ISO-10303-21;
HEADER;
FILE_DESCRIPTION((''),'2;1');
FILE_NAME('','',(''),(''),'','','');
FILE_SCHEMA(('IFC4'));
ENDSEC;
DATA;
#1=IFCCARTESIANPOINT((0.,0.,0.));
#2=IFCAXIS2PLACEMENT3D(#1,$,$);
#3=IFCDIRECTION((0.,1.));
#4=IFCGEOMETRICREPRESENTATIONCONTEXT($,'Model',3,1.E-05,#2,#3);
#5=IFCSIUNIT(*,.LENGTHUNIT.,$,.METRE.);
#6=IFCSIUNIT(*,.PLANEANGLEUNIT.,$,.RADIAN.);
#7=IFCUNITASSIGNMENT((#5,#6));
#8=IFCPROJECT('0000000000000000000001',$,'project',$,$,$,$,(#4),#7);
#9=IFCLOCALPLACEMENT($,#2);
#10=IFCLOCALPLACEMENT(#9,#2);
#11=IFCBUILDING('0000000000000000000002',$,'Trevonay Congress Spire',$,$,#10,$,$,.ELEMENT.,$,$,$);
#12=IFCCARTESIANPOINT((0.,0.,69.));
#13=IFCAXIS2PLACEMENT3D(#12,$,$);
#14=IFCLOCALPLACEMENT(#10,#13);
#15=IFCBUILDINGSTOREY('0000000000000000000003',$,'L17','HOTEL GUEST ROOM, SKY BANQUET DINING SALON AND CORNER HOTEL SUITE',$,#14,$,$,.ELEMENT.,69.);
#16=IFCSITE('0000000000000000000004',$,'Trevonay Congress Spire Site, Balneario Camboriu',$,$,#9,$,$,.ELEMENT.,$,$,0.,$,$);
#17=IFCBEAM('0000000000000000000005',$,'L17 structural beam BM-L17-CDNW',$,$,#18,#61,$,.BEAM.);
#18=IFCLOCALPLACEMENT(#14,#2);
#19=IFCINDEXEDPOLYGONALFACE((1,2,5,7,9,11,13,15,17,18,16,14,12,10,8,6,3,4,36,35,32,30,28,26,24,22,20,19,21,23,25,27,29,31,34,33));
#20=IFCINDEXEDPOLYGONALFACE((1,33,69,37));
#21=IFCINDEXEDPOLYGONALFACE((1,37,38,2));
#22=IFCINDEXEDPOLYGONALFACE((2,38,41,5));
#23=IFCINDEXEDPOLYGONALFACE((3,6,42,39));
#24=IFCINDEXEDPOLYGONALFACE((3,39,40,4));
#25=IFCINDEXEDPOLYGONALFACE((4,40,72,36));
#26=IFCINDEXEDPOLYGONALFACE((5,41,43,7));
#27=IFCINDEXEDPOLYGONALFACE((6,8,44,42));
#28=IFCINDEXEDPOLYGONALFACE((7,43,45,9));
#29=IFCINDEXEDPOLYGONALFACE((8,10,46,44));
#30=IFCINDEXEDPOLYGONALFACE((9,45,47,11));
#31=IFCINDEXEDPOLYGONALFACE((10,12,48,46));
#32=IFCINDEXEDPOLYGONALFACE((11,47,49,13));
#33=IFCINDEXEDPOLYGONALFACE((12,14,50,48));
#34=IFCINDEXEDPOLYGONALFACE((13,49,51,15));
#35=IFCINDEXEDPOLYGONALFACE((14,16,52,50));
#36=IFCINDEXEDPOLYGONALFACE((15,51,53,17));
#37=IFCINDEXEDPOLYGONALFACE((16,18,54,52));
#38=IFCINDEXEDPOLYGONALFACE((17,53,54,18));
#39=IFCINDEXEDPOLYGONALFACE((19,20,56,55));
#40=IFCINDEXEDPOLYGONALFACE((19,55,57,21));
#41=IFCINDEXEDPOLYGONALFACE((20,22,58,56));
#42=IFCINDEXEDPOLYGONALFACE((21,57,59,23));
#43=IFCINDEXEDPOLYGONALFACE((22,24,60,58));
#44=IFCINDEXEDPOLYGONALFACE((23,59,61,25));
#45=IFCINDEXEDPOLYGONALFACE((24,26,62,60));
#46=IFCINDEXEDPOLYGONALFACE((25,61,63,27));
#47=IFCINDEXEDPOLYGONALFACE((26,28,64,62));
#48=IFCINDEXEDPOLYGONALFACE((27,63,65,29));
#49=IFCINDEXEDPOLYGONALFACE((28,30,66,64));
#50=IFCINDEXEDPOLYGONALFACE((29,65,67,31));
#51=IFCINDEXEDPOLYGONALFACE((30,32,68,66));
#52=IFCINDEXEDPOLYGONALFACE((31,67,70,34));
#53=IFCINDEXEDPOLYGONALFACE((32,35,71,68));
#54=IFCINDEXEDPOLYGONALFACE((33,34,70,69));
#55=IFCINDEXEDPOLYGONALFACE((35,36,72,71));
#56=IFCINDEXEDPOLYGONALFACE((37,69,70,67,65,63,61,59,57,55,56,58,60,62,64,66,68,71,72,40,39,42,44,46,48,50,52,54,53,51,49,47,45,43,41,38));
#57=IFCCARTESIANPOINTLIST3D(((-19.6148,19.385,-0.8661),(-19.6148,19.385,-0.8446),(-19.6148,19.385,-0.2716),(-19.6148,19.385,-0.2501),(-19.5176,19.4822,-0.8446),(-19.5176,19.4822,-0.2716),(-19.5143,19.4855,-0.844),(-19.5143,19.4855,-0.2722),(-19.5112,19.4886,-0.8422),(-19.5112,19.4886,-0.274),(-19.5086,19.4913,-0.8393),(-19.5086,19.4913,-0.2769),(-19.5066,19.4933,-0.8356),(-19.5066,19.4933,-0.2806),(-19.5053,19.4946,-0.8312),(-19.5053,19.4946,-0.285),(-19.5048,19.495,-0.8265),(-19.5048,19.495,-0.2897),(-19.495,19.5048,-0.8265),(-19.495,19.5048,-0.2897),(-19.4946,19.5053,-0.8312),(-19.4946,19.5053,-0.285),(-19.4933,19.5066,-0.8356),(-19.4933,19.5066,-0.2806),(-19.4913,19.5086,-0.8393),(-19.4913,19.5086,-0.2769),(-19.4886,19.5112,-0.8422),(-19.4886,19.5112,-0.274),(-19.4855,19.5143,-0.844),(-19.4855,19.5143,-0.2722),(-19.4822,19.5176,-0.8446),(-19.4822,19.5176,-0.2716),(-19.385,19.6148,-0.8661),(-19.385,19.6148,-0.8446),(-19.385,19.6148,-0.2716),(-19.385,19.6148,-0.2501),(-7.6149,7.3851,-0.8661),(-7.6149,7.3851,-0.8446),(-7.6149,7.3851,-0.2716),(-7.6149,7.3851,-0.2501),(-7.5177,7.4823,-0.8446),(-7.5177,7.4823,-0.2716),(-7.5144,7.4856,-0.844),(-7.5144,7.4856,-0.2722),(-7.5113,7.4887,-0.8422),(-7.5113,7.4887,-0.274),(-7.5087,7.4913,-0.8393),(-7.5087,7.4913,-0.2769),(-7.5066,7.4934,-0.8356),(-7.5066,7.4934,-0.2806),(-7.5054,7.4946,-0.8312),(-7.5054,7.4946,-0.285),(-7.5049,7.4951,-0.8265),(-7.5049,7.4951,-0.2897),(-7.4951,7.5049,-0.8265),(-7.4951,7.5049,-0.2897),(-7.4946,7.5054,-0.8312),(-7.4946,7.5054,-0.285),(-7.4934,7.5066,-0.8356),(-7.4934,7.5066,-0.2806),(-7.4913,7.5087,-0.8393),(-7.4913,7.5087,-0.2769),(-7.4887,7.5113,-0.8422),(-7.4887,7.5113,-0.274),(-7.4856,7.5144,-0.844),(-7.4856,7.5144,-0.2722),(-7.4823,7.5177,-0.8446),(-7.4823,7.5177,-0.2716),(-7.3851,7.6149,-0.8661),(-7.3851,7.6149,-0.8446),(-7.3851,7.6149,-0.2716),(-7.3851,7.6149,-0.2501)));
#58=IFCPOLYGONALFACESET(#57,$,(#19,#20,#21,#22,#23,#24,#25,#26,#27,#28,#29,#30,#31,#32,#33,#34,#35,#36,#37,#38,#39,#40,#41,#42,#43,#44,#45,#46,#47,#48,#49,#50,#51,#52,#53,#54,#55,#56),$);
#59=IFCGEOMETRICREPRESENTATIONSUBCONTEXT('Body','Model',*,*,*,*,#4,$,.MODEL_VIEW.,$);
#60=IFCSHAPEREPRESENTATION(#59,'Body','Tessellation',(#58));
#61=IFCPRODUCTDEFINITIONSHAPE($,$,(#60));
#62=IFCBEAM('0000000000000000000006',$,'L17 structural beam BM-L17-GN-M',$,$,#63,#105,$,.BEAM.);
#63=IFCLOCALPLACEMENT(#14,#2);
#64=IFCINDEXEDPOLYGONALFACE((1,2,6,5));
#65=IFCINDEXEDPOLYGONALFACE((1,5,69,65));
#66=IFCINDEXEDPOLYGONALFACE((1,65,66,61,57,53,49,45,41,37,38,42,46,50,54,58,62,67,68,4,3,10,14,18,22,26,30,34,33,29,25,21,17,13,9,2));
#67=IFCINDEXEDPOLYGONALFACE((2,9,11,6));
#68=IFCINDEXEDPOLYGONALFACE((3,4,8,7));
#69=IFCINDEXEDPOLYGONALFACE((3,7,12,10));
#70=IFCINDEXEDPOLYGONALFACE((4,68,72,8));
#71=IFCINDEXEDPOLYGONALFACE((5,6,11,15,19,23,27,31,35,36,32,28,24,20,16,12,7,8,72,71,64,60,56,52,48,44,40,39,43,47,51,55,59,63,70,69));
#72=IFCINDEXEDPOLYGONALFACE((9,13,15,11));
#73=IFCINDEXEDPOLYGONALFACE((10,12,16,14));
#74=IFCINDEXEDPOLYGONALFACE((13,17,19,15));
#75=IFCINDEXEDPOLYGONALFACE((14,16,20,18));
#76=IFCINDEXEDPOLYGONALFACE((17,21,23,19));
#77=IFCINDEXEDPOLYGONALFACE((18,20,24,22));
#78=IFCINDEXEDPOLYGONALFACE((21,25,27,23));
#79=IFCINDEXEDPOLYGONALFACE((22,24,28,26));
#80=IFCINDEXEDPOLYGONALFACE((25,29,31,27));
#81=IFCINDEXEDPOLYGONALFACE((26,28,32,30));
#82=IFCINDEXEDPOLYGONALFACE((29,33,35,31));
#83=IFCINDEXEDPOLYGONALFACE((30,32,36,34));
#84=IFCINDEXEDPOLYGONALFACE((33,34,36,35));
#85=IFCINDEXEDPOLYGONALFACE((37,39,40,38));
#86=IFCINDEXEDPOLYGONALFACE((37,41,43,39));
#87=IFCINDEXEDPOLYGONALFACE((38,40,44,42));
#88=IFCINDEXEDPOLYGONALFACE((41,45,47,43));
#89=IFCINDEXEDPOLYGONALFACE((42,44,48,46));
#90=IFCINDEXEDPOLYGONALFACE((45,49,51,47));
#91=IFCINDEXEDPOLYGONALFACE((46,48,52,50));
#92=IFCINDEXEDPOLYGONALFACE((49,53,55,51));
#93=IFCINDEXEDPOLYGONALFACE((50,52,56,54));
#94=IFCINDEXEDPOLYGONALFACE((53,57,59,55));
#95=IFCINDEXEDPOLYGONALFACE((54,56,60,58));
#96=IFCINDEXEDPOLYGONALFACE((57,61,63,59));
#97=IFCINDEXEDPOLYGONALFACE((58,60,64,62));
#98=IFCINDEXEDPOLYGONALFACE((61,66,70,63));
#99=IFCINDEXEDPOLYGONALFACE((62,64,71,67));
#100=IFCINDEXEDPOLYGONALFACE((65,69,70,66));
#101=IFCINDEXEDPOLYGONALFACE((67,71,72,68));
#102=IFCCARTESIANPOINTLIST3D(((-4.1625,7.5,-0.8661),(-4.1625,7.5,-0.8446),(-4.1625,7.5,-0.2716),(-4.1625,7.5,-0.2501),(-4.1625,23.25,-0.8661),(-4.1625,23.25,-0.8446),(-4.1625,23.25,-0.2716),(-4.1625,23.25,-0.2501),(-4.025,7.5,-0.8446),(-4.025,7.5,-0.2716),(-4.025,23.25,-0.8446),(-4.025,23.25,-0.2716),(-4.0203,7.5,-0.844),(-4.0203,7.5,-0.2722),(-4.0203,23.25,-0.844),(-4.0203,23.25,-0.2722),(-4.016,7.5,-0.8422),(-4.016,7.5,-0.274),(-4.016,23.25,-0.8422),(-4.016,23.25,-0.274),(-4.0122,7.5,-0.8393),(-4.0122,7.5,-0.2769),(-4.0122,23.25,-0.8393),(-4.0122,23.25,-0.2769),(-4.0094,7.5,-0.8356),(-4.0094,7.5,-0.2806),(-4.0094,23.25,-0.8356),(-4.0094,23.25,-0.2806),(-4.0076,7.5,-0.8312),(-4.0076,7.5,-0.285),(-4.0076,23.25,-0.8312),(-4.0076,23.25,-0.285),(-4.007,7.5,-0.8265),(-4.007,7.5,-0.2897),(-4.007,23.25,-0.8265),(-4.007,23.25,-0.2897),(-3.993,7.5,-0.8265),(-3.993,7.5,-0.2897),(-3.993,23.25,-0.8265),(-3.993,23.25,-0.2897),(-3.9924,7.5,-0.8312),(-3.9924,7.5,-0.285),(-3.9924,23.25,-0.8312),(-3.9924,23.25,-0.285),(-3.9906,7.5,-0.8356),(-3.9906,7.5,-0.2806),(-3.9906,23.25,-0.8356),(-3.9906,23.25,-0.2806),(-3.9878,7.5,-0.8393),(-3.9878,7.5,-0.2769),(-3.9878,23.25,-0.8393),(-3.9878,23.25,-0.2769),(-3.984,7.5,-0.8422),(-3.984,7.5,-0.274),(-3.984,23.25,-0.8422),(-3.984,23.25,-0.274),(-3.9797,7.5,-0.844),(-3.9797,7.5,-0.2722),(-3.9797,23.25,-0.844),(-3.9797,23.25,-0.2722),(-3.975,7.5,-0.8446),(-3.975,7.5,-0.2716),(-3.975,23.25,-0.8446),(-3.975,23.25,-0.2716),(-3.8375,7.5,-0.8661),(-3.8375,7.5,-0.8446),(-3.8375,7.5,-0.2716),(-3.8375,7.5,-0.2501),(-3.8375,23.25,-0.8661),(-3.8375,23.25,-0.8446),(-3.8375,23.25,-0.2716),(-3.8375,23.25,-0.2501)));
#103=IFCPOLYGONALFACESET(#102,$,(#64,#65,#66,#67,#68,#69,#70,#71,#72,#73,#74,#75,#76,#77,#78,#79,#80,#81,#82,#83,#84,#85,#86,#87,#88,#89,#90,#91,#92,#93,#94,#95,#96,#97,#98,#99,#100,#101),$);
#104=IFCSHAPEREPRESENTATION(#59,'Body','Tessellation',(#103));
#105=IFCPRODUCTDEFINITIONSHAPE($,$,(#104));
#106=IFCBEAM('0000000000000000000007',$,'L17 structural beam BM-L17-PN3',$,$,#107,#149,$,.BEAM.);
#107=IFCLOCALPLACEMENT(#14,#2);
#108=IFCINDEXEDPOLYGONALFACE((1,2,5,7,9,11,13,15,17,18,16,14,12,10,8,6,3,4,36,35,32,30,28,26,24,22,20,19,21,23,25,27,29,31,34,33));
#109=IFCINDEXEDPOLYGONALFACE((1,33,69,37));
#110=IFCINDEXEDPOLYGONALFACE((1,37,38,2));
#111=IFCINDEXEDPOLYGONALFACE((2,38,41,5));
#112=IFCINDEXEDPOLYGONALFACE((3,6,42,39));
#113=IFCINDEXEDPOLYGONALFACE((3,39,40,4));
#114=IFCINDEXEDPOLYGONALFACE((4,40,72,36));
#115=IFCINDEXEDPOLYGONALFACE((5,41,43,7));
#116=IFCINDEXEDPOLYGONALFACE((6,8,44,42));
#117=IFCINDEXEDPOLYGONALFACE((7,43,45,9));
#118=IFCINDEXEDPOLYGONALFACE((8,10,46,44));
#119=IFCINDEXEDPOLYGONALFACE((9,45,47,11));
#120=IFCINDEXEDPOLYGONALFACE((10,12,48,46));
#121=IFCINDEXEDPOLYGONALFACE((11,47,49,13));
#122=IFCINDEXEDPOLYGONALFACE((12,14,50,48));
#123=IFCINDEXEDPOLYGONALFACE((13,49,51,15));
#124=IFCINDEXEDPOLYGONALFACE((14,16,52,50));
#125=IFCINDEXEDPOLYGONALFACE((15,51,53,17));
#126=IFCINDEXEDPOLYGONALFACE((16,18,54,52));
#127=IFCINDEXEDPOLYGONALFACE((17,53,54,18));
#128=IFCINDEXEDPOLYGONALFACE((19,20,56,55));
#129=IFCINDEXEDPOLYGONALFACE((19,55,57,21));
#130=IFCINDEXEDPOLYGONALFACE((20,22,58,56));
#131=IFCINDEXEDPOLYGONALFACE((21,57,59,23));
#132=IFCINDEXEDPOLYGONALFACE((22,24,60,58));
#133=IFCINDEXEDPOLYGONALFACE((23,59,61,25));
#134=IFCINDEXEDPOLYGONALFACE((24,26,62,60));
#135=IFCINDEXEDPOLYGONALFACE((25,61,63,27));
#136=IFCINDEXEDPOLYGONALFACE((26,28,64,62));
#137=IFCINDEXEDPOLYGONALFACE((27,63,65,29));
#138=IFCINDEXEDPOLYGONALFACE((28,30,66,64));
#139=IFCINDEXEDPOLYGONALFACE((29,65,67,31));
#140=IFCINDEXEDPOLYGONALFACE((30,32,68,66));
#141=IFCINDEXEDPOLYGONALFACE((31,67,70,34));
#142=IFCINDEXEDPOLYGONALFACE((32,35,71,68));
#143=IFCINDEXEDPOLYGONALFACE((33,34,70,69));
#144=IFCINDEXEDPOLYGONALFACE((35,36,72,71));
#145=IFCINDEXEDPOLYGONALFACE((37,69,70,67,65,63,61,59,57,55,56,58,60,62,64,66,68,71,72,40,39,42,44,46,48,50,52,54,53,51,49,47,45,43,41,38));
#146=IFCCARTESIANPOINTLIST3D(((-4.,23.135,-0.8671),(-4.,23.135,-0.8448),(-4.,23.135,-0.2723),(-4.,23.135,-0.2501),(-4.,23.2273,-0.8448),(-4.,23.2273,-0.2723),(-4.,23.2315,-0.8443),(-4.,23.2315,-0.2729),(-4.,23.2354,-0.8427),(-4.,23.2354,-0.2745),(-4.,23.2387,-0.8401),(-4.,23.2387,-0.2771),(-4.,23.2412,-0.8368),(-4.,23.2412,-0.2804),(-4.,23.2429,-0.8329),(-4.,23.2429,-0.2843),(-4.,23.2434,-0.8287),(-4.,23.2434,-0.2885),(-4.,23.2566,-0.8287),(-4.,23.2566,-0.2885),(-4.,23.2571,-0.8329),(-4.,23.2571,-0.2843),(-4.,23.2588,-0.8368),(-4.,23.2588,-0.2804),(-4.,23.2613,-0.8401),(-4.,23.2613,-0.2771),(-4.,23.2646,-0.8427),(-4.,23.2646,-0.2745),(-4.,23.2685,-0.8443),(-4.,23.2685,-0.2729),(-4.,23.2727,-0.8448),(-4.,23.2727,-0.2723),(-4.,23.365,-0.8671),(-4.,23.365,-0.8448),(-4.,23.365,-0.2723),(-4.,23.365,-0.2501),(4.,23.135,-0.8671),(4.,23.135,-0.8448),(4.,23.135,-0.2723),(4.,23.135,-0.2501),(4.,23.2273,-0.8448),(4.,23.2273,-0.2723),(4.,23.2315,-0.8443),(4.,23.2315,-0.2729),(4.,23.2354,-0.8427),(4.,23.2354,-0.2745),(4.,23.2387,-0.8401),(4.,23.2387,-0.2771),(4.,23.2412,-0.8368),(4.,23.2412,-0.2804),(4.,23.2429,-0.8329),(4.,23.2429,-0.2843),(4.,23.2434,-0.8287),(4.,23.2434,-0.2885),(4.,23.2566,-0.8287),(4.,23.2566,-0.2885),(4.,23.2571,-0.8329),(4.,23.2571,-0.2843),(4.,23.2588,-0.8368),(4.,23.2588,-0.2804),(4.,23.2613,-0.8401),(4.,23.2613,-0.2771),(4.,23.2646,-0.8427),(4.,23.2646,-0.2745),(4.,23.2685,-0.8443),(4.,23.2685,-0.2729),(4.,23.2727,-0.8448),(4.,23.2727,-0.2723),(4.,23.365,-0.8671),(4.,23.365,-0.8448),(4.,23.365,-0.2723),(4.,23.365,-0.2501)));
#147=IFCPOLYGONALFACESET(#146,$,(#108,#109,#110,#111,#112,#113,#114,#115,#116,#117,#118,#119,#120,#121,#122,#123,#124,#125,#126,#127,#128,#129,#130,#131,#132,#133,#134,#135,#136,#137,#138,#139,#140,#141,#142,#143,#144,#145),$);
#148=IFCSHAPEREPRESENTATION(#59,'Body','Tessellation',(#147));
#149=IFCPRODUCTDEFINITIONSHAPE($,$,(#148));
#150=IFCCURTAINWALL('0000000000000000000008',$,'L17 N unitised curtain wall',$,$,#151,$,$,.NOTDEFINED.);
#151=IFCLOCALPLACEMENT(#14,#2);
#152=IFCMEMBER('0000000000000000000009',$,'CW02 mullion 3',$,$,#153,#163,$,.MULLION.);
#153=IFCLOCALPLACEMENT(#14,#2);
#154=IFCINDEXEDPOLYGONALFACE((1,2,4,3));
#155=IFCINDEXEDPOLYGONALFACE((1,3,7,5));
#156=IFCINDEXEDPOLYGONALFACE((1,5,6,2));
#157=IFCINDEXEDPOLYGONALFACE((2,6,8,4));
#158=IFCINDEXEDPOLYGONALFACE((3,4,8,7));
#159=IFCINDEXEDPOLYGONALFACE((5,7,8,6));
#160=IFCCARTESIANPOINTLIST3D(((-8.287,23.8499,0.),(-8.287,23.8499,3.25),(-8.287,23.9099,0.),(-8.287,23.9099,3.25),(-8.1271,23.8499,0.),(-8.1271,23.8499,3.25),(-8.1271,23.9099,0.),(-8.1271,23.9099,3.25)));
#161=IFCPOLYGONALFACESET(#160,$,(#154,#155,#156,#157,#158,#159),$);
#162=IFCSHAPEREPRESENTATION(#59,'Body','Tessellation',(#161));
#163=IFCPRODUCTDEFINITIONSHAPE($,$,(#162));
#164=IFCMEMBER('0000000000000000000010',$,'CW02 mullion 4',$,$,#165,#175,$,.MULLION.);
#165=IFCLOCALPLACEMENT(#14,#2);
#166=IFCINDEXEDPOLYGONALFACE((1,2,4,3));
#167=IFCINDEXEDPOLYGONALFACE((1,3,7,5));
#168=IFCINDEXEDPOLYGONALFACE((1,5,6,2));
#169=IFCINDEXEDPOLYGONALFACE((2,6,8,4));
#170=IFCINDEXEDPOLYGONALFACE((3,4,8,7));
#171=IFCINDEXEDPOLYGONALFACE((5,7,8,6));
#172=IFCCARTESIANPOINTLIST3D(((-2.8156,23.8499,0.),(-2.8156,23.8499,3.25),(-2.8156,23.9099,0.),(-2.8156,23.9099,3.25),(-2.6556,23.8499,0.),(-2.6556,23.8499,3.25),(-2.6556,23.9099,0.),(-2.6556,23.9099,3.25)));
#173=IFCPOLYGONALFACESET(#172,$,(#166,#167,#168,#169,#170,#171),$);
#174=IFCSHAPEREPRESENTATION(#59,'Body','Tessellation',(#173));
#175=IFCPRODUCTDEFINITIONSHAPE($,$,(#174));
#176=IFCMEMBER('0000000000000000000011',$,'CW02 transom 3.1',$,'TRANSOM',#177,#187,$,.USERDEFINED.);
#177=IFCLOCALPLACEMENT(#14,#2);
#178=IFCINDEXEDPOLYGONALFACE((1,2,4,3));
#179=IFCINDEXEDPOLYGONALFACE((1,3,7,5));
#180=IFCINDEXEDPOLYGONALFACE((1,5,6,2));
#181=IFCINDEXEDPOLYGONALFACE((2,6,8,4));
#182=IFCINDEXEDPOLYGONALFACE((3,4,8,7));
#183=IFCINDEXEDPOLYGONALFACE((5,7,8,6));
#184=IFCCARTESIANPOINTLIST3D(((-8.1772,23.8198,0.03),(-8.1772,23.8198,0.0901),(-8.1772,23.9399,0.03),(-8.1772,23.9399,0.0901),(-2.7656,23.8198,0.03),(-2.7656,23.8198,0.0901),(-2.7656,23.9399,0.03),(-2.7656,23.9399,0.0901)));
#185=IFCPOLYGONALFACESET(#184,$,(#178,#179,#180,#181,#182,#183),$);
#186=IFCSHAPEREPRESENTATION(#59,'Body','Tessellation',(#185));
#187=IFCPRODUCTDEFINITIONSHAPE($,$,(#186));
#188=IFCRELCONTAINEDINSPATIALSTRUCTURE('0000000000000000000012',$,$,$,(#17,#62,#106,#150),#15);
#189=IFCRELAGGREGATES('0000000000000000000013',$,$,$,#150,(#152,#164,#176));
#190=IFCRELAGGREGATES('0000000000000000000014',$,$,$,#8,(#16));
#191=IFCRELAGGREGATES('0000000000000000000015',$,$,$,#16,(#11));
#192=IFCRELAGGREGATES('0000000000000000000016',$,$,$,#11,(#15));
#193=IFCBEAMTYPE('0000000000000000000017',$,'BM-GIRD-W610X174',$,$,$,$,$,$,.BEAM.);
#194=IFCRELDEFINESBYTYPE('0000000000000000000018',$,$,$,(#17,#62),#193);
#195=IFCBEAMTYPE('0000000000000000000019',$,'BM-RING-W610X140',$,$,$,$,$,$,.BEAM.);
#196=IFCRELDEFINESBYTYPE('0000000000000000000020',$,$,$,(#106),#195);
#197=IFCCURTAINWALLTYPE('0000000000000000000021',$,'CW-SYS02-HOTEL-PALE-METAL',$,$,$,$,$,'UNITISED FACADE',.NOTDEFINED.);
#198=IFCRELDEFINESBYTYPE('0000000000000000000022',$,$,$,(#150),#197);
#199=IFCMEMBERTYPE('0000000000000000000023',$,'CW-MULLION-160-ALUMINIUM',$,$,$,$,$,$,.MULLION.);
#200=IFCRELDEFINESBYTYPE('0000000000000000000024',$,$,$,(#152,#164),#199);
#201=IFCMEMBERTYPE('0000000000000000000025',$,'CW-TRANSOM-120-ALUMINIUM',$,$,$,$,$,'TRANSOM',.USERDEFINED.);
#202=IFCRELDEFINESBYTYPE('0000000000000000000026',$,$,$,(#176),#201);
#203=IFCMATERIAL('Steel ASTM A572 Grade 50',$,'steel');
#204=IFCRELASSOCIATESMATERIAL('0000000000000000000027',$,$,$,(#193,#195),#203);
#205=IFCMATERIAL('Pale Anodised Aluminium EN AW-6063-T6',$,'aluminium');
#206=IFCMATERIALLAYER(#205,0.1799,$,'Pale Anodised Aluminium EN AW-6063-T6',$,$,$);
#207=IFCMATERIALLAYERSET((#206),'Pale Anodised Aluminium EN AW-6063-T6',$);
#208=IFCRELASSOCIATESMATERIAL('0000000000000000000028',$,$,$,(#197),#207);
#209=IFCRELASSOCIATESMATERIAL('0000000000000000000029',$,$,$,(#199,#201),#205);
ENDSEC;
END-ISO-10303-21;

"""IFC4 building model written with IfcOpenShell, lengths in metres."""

from ifc_helpers import new_model, si_unit, direction, frame, origin, origin_2d, place, context, subcontext, project, spatial, rectangle, i_section, extrude, material, layer, layer_set, material_profile, profile_set, type_object, element, aggregate, save


model = new_model("IFC4")

# Units and contexts
model_context = context("Model", 3, precision=1e-05, world=origin(), true_north=direction((0.0, 1.0)))
body_context = subcontext(model_context, "Body", "Model", "MODEL_VIEW")
ifc_project = project(units=[si_unit("LENGTHUNIT", "METRE"), si_unit("PLANEANGLEUNIT", "RADIAN")], contexts=[model_context])

# Site, building, storey
site_placement = place(None, origin())
site = spatial("IfcSite", under=ifc_project, at=site_placement, Name="Trevonay Congress Spire Site, Balneario Camboriu", CompositionType="ELEMENT", RefElevation=0.0)
building_placement = place(site_placement, origin())
building = spatial("IfcBuilding", under=site, at=building_placement, Name="Trevonay Congress Spire", CompositionType="ELEMENT")
storey_placement = place(building_placement, frame((0.0, 0.0, 69.0)))
storey = spatial("IfcBuildingStorey", under=building, at=storey_placement, Name="L17", Description="HOTEL GUEST ROOM, SKY BANQUET DINING SALON AND CORNER HOTEL SUITE", CompositionType="ELEMENT", Elevation=69.0)

# Shared definitions
ifc_material_1 = material(Name="Steel ASTM A572 Grade 50", Category="steel")

# Beams
ifc_material_profile_1 = material_profile(ifc_material_1, i_section(OverallWidth=0.325, OverallDepth=0.616, WebThickness=0.0139, FlangeThickness=0.0215, FilletRadius=0.0181, at=origin_2d()), Name="W610x174")
ifc_profile_set_1 = profile_set([ifc_material_profile_1], Name="Steel ASTM A572 Grade 50")
beam_type_1 = type_object("IfcBeamType", Name="BM-GIRD-W610X174", PredefinedType="BEAM", material=ifc_profile_set_1)
beam_1_placement = place(storey_placement, frame((-7.5, 7.5, -0.5581), z_axis=(-0.707107, 0.707107, 0.0), x_axis=(-0.707107, -0.707107, 0.0)))
element("IfcBeam", 1, at=beam_1_placement, inside=storey, type_object=beam_type_1, Name="L17 structural beam BM-L17-CDNW", PredefinedType="BEAM", context=body_context, shape_type="SweptSolid", body=[
    extrude(i_section(OverallWidth=0.325, OverallDepth=0.616, WebThickness=0.0139, FlangeThickness=0.0215, FilletRadius=0.0181, at=origin_2d()), origin(), (0.0, 0.0, 1.0), 16.9705),
])
beam_2_placement = place(storey_placement, frame((-4.0, 7.5, -0.5581), z_axis=(0.0, 1.0, 0.0), x_axis=(-1.0, 0.0, 0.0)))
element("IfcBeam", 2, at=beam_2_placement, inside=storey, type_object=beam_type_1, Name="L17 structural beam BM-L17-GN-M", PredefinedType="BEAM", context=body_context, shape_type="SweptSolid", body=[
    extrude(i_section(OverallWidth=0.325, OverallDepth=0.616, WebThickness=0.0139, FlangeThickness=0.0215, FilletRadius=0.0181, at=origin_2d()), origin(), (0.0, 0.0, 1.0), 15.75),
])
ifc_material_profile_2 = material_profile(ifc_material_1, i_section(OverallWidth=0.23, OverallDepth=0.6169, WebThickness=0.0132, FlangeThickness=0.0222, FilletRadius=0.0161, at=origin_2d()), Name="W610x140")
ifc_profile_set_2 = profile_set([ifc_material_profile_2], Name="Steel ASTM A572 Grade 50")
beam_type_2 = type_object("IfcBeamType", Name="BM-RING-W610X140", PredefinedType="BEAM", material=ifc_profile_set_2)
beam_3_placement = place(storey_placement, frame((-4.0, 23.25, -0.5586), z_axis=(1.0, 0.0, 0.0), x_axis=(0.0, 1.0, 0.0)))
element("IfcBeam", 3, at=beam_3_placement, inside=storey, type_object=beam_type_2, Name="L17 structural beam BM-L17-PN3", PredefinedType="BEAM", context=body_context, shape_type="SweptSolid", body=[
    extrude(i_section(OverallWidth=0.23, OverallDepth=0.6169, WebThickness=0.0132, FlangeThickness=0.0222, FilletRadius=0.0161, at=origin_2d()), origin(), (0.0, 0.0, 1.0), 8.0),
])

# Curtain wall, members
ifc_material_2 = material(Name="Pale Anodised Aluminium EN AW-6063-T6", Category="aluminium")
ifc_layer_1 = layer(ifc_material_2, 0.1799, Name="Pale Anodised Aluminium EN AW-6063-T6")
ifc_layer_set_1 = layer_set([ifc_layer_1], Name="Pale Anodised Aluminium EN AW-6063-T6")
curtain_wall_type = type_object("IfcCurtainWallType", Name="CW-SYS02-HOTEL-PALE-METAL", ElementType="UNITISED FACADE", PredefinedType="NOTDEFINED", material=ifc_layer_set_1)
curtain_wall_placement = place(storey_placement, origin())
curtain_wall = element("IfcCurtainWall", 4, at=curtain_wall_placement, inside=storey, type_object=curtain_wall_type, Name="L17 N unitised curtain wall", PredefinedType="NOTDEFINED")
ifc_material_profile_3 = material_profile(ifc_material_2, rectangle(XDim=0.0601, YDim=0.1599, at=origin_2d()), Name="CW-MULLION-160-ALUMINIUM")
ifc_profile_set_3 = profile_set([ifc_material_profile_3], Name="Pale Anodised Aluminium EN AW-6063-T6")
member_type_1 = type_object("IfcMemberType", Name="CW-MULLION-160-ALUMINIUM", PredefinedType="MULLION", material=ifc_profile_set_3)
member_1_placement = place(storey_placement, frame((-8.207, 23.8799, 0.0), z_axis=(0.0, 0.0, 1.0), x_axis=(0.0, 1.0, 0.0)))
member_1 = element("IfcMember", 5, at=member_1_placement, type_object=member_type_1, Name="CW02 mullion 3", PredefinedType="MULLION", context=body_context, shape_type="SweptSolid", body=[
    extrude(rectangle(XDim=0.0601, YDim=0.1599, at=origin_2d()), origin(), (0.0, 0.0, 1.0), 3.25),
])
member_2_placement = place(storey_placement, frame((-2.7356, 23.8799, 0.0), z_axis=(0.0, 0.0, 1.0), x_axis=(0.0, 1.0, 0.0)))
member_2 = element("IfcMember", 6, at=member_2_placement, type_object=member_type_1, Name="CW02 mullion 4", PredefinedType="MULLION", context=body_context, shape_type="SweptSolid", body=[
    extrude(rectangle(XDim=0.0601, YDim=0.1599, at=origin_2d()), origin(), (0.0, 0.0, 1.0), 3.25),
])
ifc_material_profile_4 = material_profile(ifc_material_2, rectangle(XDim=0.1201, YDim=0.0601, at=origin_2d()), Name="CW-TRANSOM-120-ALUMINIUM")
ifc_profile_set_4 = profile_set([ifc_material_profile_4], Name="Pale Anodised Aluminium EN AW-6063-T6")
member_type_2 = type_object("IfcMemberType", Name="CW-TRANSOM-120-ALUMINIUM", ElementType="TRANSOM", PredefinedType="USERDEFINED", material=ifc_profile_set_4)
member_3_placement = place(storey_placement, frame((-8.1772, 23.8799, 0.0601), z_axis=(1.0, 0.0, 0.0), x_axis=(0.0, 1.0, 0.0)))
member_3 = element("IfcMember", 7, at=member_3_placement, type_object=member_type_2, Name="CW02 transom 3.1", ObjectType="TRANSOM", PredefinedType="USERDEFINED", context=body_context, shape_type="SweptSolid", body=[
    extrude(rectangle(XDim=0.1201, YDim=0.0601, at=origin_2d()), origin(), (0.0, 0.0, 1.0), 5.4116),
])

aggregate(curtain_wall, [member_1, member_2, member_3])

save(model, "model.ifc")
